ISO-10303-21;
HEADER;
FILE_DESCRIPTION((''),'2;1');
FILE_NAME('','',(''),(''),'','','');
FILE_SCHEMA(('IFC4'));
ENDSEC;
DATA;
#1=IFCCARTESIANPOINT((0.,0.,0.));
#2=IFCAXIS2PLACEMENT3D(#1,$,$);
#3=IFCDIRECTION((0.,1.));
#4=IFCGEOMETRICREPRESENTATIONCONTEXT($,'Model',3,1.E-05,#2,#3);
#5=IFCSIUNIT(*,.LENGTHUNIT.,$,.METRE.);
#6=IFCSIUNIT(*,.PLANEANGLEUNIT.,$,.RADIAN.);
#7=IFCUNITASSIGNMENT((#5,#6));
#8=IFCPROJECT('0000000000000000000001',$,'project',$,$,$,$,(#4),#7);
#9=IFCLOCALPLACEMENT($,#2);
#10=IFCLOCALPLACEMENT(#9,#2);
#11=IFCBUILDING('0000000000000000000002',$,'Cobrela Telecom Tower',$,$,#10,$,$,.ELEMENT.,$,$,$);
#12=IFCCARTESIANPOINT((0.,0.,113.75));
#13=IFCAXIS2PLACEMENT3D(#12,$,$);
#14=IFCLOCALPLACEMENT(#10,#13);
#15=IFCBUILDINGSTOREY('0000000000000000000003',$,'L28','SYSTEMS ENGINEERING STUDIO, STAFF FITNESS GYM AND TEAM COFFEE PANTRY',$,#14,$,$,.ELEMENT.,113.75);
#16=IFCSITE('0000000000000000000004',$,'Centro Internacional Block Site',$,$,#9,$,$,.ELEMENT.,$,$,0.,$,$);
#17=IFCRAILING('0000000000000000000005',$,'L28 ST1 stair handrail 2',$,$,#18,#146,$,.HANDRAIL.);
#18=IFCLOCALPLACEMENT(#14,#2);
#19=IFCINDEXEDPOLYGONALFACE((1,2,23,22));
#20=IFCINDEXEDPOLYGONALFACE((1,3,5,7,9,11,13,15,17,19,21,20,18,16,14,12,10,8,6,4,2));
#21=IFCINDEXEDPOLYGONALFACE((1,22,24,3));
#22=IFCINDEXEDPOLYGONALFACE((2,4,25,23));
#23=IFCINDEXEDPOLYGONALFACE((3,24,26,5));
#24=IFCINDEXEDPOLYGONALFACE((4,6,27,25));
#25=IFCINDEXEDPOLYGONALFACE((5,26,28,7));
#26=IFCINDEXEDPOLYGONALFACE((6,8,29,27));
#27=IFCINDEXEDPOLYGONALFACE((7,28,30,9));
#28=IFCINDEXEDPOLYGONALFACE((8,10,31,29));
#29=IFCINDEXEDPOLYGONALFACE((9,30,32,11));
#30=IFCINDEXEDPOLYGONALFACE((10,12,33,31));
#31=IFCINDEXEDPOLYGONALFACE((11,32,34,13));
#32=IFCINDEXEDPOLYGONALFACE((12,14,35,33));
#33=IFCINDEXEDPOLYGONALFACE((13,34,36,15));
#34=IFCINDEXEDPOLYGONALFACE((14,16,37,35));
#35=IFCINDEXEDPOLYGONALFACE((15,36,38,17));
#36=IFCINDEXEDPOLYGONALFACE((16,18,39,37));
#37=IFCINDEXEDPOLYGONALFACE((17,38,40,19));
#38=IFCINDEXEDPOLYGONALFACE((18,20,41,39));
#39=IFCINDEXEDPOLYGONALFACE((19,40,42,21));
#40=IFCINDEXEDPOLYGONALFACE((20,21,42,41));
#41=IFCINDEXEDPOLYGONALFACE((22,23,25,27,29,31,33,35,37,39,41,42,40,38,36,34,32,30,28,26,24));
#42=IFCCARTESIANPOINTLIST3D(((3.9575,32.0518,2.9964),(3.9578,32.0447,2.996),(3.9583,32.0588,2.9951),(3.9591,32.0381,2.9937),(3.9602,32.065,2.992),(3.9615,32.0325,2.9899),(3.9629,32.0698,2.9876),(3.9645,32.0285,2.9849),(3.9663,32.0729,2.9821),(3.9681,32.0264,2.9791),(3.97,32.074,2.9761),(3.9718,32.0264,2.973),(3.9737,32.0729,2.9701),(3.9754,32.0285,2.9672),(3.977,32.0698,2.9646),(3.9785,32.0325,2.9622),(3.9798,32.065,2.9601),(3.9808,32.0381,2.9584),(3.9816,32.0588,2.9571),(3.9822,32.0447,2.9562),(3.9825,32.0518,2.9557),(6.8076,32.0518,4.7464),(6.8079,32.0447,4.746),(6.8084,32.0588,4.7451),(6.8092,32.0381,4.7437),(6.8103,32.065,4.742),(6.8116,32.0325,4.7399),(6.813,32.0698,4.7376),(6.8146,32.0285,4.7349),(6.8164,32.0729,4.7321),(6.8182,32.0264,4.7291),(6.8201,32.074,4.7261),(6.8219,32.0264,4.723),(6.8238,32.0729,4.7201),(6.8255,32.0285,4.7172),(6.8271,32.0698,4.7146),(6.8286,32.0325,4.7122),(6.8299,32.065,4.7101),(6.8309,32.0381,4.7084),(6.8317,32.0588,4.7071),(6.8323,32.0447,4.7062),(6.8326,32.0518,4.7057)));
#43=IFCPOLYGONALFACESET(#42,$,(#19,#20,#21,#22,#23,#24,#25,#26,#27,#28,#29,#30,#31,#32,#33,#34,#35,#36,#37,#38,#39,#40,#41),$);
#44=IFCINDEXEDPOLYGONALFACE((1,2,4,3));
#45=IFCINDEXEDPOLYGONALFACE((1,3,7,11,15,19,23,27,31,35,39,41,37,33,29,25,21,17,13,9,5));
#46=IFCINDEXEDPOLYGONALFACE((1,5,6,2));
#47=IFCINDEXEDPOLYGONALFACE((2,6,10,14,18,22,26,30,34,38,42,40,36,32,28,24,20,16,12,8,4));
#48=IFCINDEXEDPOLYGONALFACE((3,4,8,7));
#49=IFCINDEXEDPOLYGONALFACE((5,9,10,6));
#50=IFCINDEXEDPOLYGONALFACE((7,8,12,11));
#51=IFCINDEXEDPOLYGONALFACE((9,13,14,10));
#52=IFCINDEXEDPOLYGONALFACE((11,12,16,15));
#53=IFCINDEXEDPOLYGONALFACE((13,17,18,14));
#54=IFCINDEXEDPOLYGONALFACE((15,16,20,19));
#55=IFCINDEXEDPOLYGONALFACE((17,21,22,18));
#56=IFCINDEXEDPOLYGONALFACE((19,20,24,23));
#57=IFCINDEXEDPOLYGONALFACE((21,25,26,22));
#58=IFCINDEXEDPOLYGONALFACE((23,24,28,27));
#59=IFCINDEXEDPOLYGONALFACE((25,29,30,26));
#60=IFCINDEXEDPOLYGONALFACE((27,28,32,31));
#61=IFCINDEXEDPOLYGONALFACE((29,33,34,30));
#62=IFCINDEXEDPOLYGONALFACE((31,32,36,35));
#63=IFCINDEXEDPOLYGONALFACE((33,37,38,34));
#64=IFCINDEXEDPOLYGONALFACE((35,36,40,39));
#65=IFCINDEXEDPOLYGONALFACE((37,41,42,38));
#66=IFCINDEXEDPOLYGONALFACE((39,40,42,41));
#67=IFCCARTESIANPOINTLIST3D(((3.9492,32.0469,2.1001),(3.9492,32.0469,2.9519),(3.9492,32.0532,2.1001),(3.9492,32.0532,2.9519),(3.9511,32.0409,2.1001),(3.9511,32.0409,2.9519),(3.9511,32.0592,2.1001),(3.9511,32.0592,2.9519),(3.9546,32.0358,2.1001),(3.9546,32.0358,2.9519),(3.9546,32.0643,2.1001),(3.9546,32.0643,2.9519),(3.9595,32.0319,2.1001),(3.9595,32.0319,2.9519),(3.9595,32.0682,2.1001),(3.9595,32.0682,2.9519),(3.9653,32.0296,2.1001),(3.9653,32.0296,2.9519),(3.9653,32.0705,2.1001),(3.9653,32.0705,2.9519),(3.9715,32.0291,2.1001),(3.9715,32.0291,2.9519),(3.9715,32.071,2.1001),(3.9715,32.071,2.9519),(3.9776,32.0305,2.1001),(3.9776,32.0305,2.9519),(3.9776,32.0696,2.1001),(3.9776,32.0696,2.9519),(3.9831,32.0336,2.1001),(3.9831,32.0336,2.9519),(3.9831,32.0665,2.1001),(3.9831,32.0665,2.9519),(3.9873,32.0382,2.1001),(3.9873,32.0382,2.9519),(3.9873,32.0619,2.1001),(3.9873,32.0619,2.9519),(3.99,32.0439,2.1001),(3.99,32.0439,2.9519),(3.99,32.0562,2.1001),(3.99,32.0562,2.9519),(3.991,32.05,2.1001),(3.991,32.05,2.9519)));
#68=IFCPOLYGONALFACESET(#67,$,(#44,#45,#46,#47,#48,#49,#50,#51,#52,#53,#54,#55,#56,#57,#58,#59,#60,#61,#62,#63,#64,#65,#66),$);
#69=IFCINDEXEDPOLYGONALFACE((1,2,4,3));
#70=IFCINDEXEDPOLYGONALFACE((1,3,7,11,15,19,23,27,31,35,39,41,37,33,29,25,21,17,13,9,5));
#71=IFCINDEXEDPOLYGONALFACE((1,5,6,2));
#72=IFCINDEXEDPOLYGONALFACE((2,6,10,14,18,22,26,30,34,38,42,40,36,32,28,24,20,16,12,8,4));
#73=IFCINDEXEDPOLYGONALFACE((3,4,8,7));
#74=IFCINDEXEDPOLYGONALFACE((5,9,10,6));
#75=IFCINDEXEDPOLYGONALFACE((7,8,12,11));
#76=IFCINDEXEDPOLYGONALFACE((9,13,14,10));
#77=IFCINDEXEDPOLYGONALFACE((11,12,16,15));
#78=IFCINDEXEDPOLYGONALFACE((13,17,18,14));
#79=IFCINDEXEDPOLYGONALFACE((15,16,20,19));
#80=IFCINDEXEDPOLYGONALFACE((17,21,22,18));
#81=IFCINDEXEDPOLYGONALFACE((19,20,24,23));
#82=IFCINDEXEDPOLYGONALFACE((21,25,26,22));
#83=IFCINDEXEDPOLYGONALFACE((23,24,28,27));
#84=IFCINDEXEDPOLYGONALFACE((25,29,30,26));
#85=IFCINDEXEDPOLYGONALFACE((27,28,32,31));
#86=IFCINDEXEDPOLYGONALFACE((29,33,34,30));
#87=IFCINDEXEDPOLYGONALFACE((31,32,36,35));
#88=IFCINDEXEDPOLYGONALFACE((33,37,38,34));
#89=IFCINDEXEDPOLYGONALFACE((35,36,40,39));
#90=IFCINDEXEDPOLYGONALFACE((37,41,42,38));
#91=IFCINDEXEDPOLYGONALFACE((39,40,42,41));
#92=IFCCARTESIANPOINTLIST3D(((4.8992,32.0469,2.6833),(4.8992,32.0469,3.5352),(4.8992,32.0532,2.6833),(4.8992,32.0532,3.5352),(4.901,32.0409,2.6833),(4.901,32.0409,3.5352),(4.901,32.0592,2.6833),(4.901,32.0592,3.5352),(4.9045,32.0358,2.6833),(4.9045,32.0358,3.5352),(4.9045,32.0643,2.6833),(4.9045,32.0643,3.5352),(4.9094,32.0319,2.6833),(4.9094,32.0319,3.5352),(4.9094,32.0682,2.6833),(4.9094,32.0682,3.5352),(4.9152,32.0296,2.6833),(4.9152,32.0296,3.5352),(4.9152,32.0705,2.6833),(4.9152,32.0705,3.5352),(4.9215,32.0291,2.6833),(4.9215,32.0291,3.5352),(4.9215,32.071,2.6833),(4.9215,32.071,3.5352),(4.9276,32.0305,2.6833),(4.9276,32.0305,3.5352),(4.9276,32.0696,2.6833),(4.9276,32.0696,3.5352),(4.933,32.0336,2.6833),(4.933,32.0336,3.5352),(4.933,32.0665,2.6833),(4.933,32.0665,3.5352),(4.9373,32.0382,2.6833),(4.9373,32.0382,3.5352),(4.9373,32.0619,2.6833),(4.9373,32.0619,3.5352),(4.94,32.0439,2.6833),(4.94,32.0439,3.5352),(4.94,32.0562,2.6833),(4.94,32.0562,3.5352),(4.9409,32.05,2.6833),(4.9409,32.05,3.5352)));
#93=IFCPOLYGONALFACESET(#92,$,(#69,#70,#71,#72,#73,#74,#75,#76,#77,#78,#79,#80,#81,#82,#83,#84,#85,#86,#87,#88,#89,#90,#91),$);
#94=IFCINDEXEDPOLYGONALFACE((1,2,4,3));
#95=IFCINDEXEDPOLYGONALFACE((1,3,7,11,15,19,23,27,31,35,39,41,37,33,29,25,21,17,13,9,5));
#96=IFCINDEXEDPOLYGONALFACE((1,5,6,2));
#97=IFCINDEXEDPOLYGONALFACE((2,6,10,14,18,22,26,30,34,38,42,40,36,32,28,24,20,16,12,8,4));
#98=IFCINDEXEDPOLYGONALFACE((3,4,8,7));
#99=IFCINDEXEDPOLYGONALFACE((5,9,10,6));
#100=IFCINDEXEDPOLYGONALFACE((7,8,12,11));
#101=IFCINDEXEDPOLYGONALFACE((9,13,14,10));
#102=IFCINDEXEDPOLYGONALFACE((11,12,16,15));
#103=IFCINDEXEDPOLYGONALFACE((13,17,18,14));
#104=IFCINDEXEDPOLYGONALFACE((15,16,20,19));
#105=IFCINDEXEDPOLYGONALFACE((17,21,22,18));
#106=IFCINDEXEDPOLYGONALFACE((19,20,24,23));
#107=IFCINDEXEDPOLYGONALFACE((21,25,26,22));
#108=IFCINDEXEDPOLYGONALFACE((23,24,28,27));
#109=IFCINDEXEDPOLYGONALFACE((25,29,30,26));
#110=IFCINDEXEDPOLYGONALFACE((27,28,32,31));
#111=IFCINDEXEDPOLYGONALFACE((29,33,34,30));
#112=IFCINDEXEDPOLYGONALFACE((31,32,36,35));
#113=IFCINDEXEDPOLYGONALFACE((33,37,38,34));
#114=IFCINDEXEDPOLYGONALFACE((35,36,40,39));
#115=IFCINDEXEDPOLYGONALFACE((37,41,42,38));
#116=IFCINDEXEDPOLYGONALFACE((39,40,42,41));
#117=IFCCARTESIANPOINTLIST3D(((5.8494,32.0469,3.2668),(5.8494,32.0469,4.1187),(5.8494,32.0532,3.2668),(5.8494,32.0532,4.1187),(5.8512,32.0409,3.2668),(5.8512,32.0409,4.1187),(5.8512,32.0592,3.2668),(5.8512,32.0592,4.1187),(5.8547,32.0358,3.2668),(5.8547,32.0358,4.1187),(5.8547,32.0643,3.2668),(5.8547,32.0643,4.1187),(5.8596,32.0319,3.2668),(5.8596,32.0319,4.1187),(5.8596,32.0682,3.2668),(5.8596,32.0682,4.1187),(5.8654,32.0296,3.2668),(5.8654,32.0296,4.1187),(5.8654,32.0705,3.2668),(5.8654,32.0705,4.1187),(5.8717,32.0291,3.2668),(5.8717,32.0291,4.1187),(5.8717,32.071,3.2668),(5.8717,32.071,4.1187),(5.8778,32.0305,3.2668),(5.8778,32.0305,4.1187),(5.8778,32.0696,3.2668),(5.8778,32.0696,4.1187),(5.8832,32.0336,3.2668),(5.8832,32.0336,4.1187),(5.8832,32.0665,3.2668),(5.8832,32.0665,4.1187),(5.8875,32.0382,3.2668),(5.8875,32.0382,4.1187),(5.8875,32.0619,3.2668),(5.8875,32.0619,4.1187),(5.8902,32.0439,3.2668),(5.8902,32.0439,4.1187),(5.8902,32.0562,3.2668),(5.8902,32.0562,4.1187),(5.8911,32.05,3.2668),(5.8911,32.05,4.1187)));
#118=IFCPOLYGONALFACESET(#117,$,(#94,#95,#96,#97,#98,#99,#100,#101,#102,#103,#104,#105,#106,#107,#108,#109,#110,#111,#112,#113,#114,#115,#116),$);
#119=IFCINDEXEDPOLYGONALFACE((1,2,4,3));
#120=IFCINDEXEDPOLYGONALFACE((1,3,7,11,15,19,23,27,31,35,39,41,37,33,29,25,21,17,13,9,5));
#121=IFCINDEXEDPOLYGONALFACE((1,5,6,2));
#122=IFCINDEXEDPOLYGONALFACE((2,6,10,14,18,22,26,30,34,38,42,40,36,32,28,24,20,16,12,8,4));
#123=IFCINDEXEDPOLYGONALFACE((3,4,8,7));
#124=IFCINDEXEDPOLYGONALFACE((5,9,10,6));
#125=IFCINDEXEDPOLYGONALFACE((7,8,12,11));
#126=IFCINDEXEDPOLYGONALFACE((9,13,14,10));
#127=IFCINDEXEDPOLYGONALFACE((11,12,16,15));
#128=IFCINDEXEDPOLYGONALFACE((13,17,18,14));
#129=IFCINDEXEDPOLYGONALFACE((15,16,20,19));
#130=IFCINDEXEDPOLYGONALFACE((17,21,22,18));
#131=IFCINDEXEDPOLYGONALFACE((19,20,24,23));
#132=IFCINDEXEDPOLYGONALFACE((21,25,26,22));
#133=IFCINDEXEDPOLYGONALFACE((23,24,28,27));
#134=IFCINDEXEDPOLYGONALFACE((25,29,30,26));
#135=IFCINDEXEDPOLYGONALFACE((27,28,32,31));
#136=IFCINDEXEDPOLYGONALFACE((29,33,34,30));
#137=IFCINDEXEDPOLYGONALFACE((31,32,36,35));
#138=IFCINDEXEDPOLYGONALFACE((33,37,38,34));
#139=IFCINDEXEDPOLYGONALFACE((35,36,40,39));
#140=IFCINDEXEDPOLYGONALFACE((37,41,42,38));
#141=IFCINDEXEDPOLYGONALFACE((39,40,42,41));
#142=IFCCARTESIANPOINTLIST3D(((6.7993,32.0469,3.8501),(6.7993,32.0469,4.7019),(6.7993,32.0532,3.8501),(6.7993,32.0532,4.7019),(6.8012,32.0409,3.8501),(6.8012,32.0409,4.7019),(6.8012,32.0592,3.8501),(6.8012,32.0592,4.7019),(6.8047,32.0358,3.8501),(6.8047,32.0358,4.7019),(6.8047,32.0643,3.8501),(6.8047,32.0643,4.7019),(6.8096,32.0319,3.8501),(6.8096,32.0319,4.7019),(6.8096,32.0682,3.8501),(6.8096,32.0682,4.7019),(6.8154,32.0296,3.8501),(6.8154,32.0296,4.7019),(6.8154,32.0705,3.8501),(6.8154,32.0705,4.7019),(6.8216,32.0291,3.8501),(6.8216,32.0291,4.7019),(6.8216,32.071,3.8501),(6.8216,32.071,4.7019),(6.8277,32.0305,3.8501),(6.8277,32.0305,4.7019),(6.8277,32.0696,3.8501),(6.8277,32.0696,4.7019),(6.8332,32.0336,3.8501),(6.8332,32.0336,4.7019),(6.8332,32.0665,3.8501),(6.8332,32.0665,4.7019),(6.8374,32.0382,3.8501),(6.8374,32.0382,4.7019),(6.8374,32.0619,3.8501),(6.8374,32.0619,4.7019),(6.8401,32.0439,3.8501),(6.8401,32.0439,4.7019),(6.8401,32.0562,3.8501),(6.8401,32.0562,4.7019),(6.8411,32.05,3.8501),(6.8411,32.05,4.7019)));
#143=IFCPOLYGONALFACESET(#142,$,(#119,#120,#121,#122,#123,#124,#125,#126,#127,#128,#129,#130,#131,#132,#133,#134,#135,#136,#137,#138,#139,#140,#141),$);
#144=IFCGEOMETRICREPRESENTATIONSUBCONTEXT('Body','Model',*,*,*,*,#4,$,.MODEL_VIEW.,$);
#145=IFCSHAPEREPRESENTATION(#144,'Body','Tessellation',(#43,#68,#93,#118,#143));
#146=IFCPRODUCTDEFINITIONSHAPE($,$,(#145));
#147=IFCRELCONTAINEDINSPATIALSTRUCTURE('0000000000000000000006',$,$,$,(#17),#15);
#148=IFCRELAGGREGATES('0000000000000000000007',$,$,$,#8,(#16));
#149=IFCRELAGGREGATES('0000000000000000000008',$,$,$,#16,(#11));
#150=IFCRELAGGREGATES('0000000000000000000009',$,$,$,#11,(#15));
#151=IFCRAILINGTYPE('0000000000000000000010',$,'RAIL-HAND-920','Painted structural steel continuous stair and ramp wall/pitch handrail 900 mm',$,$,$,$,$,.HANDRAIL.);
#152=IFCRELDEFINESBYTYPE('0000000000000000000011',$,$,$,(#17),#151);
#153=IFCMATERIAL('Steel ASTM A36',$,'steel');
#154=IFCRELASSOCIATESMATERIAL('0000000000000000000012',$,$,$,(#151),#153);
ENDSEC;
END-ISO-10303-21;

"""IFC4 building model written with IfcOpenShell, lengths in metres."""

from ifc_helpers import new_model, si_unit, direction, frame, origin, origin_2d, place, context, subcontext, project, spatial, circle, extrude, material, type_object, element, save


model = new_model("IFC4")

# Units and contexts
model_context = context("Model", 3, precision=1e-05, world=origin(), true_north=direction((0.0, 1.0)))
body_context = subcontext(model_context, "Body", "Model", "MODEL_VIEW")
ifc_project = project(units=[si_unit("LENGTHUNIT", "METRE"), si_unit("PLANEANGLEUNIT", "RADIAN")], contexts=[model_context])

# Site, building, storey
site_placement = place(None, origin())
site = spatial("IfcSite", under=ifc_project, at=site_placement, Name="Centro Internacional Block Site", CompositionType="ELEMENT", RefElevation=0.0)
building_placement = place(site_placement, origin())
building = spatial("IfcBuilding", under=site, at=building_placement, Name="Cobrela Telecom Tower", CompositionType="ELEMENT")
storey_placement = place(building_placement, frame((0.0, 0.0, 113.75)))
storey = spatial("IfcBuildingStorey", under=building, at=storey_placement, Name="L28", Description="SYSTEMS ENGINEERING STUDIO, STAFF FITNESS GYM AND TEAM COFFEE PANTRY", CompositionType="ELEMENT", Elevation=113.75)

# Shared definitions
ifc_material_1 = material(Name="Steel ASTM A36", Category="steel")

# Railing
railing_type_1 = type_object("IfcRailingType", Name="RAIL-HAND-920", Description="Painted structural steel continuous stair and ramp wall/pitch handrail 900 mm", PredefinedType="HANDRAIL", material=ifc_material_1)
railing_1_placement = place(storey_placement, frame((3.97, 32.05, 2.1001)))
element("IfcRailing", 1, at=railing_1_placement, inside=storey, type_object=railing_type_1, Name="L28 ST1 stair handrail 2", PredefinedType="HANDRAIL", context=body_context, shape_type="SweptSolid", body=[
    extrude(circle(Radius=0.0239, at=origin_2d()), frame((0.0, 0.0, 0.876), z_axis=(0.852179, 0.0, 0.52325), x_axis=(0.0, 1.0, 0.0)), (0.0, 0.0, 1.0), 3.3445),
    extrude(circle(Radius=0.021, at=origin_2d()), origin(), (0.0, 0.0, 1.0), 0.8518),
    extrude(circle(Radius=0.021, at=origin_2d()), frame((0.95, 0.0, 0.5833)), (0.0, 0.0, 1.0), 0.8518),
    extrude(circle(Radius=0.021, at=origin_2d()), frame((1.9001, 0.0, 1.1667)), (0.0, 0.0, 1.0), 0.8518),
    extrude(circle(Radius=0.021, at=origin_2d()), frame((2.8501, 0.0, 1.75)), (0.0, 0.0, 1.0), 0.8518),
])

save(model, "model.ifc")
